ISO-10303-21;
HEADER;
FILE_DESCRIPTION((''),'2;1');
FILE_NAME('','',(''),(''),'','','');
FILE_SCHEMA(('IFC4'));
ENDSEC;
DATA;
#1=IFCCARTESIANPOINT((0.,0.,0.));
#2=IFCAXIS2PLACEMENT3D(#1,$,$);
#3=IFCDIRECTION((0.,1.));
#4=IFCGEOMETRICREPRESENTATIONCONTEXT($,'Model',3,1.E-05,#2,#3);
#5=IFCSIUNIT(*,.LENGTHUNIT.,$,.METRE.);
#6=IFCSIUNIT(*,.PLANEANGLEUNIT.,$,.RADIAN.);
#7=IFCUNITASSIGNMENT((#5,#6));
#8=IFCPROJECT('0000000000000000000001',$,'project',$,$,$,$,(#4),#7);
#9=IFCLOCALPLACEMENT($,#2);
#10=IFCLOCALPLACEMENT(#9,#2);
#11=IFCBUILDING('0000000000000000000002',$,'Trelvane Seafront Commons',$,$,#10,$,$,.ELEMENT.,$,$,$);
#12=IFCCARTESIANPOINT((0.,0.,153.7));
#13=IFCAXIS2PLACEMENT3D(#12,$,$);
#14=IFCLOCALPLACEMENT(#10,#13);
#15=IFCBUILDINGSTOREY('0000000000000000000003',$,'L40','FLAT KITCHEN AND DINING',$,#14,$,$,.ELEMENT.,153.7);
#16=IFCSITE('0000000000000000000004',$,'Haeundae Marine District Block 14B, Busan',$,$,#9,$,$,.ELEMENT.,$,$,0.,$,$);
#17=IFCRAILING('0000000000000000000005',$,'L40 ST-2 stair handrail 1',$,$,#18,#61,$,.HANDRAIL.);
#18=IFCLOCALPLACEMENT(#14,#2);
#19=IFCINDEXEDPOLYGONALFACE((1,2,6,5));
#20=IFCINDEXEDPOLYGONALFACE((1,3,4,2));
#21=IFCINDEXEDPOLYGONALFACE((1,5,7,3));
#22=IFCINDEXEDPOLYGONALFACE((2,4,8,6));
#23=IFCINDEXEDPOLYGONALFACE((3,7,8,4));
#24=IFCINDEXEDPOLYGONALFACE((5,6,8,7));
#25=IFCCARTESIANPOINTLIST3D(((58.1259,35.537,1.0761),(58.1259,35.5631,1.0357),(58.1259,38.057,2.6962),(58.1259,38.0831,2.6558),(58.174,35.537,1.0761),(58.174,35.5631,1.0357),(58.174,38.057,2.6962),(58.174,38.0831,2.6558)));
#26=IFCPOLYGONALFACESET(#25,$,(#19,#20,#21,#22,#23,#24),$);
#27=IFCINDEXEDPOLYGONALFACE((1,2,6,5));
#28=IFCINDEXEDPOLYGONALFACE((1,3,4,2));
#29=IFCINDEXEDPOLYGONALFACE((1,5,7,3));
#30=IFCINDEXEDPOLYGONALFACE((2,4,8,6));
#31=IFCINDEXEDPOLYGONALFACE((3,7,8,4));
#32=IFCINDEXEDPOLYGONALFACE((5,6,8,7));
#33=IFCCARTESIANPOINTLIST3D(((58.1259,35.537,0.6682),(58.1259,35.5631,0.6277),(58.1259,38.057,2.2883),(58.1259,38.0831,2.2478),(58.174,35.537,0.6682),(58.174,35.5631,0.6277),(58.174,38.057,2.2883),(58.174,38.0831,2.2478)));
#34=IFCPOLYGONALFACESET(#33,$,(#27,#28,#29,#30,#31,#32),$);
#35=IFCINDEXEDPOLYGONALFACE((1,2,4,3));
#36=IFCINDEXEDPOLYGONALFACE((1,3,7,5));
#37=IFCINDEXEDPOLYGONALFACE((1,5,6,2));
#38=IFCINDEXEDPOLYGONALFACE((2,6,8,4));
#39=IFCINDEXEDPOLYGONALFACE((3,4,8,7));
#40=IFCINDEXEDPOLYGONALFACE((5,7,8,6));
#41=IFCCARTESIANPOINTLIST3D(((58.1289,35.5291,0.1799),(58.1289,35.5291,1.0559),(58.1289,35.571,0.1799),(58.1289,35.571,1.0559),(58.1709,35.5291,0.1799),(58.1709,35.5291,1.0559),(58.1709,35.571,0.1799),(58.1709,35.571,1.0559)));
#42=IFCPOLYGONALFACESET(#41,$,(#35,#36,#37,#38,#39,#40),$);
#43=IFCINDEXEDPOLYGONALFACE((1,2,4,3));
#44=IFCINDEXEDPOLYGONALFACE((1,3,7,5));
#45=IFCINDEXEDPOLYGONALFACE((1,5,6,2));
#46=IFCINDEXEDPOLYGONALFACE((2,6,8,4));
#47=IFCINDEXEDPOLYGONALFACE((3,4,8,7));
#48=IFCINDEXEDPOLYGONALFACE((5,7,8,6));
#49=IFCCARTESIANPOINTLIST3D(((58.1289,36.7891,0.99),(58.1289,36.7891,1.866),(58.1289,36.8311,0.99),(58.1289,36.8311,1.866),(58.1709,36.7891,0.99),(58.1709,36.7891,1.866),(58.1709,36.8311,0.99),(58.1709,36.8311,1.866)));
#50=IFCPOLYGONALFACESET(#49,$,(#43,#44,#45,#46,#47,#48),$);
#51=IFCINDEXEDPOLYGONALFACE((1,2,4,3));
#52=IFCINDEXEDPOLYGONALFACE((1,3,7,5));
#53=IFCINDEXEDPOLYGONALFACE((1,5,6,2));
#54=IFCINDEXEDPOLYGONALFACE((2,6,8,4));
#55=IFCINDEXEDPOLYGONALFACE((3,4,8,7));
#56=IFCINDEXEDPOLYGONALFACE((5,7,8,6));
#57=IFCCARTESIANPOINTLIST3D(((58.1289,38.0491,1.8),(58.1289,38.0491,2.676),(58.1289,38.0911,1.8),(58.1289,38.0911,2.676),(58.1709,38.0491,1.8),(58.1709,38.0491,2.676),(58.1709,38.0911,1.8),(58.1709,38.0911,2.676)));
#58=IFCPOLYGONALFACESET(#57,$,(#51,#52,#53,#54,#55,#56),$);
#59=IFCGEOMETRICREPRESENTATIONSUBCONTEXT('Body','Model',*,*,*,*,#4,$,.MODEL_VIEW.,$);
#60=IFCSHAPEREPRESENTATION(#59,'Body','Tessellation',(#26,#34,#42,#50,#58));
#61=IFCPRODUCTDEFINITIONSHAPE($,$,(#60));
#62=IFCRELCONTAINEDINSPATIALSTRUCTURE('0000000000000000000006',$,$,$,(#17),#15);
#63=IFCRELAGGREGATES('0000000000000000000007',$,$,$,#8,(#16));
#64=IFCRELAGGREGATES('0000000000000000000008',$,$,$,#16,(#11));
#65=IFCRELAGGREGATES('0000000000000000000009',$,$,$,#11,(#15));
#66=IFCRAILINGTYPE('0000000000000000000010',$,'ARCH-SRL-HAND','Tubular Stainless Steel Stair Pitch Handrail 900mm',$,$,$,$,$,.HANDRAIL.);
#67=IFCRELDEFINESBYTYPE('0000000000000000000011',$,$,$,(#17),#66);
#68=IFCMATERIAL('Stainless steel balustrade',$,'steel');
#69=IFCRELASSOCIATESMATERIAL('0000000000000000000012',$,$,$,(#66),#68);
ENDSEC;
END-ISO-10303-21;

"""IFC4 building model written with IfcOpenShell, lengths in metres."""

from ifc_helpers import new_model, si_unit, direction, frame, origin, origin_2d, place, context, subcontext, project, spatial, rectangle, extrude, material, type_object, element, save


model = new_model("IFC4")

# Units and contexts
model_context = context("Model", 3, precision=1e-05, world=origin(), true_north=direction((0.0, 1.0)))
body_context = subcontext(model_context, "Body", "Model", "MODEL_VIEW")
ifc_project = project(units=[si_unit("LENGTHUNIT", "METRE"), si_unit("PLANEANGLEUNIT", "RADIAN")], contexts=[model_context])

# Site, building, storey
site_placement = place(None, origin())
site = spatial("IfcSite", under=ifc_project, at=site_placement, Name="Haeundae Marine District Block 14B, Busan", CompositionType="ELEMENT", RefElevation=0.0)
building_placement = place(site_placement, origin())
building = spatial("IfcBuilding", under=site, at=building_placement, Name="Trelvane Seafront Commons", CompositionType="ELEMENT")
storey_placement = place(building_placement, frame((0.0, 0.0, 153.7)))
storey = spatial("IfcBuildingStorey", under=building, at=storey_placement, Name="L40", Description="FLAT KITCHEN AND DINING", CompositionType="ELEMENT", Elevation=153.7)

# Railing
ifc_material_1 = material(Name="Stainless steel balustrade", Category="steel")
railing_type_1 = type_object("IfcRailingType", Name="ARCH-SRL-HAND", Description="Tubular Stainless Steel Stair Pitch Handrail 900mm", PredefinedType="HANDRAIL", material=ifc_material_1)
railing_1_placement = place(storey_placement, frame((58.1499, 35.55, 0.1799)))
element("IfcRailing", 1, at=railing_1_placement, inside=storey, type_object=railing_type_1, Name="L40 ST-2 stair handrail 1", PredefinedType="HANDRAIL", context=body_context, shape_type="SweptSolid", body=[
    extrude(rectangle(XDim=0.0481, YDim=0.0481, at=origin_2d()), frame((0.0, 0.0, 0.876), z_axis=(0.0, 0.841163, 0.540782), x_axis=(-1.0, 0.0, 0.0)), (0.0, 0.0, 1.0), 2.9958),
    extrude(rectangle(XDim=0.0481, YDim=0.0481, at=origin_2d()), frame((0.0, 0.0, 0.468), z_axis=(0.0, 0.841163, 0.540782), x_axis=(-1.0, 0.0, 0.0)), (0.0, 0.0, 1.0), 2.9958),
    extrude(rectangle(XDim=0.042, YDim=0.042, at=origin_2d()), origin(), (0.0, 0.0, 1.0), 0.876),
    extrude(rectangle(XDim=0.042, YDim=0.042, at=origin_2d()), frame((0.0, 1.26, 0.8101)), (0.0, 0.0, 1.0), 0.876),
    extrude(rectangle(XDim=0.042, YDim=0.042, at=origin_2d()), frame((0.0, 2.52, 1.6201)), (0.0, 0.0, 1.0), 0.876),
])

save(model, "model.ifc")
